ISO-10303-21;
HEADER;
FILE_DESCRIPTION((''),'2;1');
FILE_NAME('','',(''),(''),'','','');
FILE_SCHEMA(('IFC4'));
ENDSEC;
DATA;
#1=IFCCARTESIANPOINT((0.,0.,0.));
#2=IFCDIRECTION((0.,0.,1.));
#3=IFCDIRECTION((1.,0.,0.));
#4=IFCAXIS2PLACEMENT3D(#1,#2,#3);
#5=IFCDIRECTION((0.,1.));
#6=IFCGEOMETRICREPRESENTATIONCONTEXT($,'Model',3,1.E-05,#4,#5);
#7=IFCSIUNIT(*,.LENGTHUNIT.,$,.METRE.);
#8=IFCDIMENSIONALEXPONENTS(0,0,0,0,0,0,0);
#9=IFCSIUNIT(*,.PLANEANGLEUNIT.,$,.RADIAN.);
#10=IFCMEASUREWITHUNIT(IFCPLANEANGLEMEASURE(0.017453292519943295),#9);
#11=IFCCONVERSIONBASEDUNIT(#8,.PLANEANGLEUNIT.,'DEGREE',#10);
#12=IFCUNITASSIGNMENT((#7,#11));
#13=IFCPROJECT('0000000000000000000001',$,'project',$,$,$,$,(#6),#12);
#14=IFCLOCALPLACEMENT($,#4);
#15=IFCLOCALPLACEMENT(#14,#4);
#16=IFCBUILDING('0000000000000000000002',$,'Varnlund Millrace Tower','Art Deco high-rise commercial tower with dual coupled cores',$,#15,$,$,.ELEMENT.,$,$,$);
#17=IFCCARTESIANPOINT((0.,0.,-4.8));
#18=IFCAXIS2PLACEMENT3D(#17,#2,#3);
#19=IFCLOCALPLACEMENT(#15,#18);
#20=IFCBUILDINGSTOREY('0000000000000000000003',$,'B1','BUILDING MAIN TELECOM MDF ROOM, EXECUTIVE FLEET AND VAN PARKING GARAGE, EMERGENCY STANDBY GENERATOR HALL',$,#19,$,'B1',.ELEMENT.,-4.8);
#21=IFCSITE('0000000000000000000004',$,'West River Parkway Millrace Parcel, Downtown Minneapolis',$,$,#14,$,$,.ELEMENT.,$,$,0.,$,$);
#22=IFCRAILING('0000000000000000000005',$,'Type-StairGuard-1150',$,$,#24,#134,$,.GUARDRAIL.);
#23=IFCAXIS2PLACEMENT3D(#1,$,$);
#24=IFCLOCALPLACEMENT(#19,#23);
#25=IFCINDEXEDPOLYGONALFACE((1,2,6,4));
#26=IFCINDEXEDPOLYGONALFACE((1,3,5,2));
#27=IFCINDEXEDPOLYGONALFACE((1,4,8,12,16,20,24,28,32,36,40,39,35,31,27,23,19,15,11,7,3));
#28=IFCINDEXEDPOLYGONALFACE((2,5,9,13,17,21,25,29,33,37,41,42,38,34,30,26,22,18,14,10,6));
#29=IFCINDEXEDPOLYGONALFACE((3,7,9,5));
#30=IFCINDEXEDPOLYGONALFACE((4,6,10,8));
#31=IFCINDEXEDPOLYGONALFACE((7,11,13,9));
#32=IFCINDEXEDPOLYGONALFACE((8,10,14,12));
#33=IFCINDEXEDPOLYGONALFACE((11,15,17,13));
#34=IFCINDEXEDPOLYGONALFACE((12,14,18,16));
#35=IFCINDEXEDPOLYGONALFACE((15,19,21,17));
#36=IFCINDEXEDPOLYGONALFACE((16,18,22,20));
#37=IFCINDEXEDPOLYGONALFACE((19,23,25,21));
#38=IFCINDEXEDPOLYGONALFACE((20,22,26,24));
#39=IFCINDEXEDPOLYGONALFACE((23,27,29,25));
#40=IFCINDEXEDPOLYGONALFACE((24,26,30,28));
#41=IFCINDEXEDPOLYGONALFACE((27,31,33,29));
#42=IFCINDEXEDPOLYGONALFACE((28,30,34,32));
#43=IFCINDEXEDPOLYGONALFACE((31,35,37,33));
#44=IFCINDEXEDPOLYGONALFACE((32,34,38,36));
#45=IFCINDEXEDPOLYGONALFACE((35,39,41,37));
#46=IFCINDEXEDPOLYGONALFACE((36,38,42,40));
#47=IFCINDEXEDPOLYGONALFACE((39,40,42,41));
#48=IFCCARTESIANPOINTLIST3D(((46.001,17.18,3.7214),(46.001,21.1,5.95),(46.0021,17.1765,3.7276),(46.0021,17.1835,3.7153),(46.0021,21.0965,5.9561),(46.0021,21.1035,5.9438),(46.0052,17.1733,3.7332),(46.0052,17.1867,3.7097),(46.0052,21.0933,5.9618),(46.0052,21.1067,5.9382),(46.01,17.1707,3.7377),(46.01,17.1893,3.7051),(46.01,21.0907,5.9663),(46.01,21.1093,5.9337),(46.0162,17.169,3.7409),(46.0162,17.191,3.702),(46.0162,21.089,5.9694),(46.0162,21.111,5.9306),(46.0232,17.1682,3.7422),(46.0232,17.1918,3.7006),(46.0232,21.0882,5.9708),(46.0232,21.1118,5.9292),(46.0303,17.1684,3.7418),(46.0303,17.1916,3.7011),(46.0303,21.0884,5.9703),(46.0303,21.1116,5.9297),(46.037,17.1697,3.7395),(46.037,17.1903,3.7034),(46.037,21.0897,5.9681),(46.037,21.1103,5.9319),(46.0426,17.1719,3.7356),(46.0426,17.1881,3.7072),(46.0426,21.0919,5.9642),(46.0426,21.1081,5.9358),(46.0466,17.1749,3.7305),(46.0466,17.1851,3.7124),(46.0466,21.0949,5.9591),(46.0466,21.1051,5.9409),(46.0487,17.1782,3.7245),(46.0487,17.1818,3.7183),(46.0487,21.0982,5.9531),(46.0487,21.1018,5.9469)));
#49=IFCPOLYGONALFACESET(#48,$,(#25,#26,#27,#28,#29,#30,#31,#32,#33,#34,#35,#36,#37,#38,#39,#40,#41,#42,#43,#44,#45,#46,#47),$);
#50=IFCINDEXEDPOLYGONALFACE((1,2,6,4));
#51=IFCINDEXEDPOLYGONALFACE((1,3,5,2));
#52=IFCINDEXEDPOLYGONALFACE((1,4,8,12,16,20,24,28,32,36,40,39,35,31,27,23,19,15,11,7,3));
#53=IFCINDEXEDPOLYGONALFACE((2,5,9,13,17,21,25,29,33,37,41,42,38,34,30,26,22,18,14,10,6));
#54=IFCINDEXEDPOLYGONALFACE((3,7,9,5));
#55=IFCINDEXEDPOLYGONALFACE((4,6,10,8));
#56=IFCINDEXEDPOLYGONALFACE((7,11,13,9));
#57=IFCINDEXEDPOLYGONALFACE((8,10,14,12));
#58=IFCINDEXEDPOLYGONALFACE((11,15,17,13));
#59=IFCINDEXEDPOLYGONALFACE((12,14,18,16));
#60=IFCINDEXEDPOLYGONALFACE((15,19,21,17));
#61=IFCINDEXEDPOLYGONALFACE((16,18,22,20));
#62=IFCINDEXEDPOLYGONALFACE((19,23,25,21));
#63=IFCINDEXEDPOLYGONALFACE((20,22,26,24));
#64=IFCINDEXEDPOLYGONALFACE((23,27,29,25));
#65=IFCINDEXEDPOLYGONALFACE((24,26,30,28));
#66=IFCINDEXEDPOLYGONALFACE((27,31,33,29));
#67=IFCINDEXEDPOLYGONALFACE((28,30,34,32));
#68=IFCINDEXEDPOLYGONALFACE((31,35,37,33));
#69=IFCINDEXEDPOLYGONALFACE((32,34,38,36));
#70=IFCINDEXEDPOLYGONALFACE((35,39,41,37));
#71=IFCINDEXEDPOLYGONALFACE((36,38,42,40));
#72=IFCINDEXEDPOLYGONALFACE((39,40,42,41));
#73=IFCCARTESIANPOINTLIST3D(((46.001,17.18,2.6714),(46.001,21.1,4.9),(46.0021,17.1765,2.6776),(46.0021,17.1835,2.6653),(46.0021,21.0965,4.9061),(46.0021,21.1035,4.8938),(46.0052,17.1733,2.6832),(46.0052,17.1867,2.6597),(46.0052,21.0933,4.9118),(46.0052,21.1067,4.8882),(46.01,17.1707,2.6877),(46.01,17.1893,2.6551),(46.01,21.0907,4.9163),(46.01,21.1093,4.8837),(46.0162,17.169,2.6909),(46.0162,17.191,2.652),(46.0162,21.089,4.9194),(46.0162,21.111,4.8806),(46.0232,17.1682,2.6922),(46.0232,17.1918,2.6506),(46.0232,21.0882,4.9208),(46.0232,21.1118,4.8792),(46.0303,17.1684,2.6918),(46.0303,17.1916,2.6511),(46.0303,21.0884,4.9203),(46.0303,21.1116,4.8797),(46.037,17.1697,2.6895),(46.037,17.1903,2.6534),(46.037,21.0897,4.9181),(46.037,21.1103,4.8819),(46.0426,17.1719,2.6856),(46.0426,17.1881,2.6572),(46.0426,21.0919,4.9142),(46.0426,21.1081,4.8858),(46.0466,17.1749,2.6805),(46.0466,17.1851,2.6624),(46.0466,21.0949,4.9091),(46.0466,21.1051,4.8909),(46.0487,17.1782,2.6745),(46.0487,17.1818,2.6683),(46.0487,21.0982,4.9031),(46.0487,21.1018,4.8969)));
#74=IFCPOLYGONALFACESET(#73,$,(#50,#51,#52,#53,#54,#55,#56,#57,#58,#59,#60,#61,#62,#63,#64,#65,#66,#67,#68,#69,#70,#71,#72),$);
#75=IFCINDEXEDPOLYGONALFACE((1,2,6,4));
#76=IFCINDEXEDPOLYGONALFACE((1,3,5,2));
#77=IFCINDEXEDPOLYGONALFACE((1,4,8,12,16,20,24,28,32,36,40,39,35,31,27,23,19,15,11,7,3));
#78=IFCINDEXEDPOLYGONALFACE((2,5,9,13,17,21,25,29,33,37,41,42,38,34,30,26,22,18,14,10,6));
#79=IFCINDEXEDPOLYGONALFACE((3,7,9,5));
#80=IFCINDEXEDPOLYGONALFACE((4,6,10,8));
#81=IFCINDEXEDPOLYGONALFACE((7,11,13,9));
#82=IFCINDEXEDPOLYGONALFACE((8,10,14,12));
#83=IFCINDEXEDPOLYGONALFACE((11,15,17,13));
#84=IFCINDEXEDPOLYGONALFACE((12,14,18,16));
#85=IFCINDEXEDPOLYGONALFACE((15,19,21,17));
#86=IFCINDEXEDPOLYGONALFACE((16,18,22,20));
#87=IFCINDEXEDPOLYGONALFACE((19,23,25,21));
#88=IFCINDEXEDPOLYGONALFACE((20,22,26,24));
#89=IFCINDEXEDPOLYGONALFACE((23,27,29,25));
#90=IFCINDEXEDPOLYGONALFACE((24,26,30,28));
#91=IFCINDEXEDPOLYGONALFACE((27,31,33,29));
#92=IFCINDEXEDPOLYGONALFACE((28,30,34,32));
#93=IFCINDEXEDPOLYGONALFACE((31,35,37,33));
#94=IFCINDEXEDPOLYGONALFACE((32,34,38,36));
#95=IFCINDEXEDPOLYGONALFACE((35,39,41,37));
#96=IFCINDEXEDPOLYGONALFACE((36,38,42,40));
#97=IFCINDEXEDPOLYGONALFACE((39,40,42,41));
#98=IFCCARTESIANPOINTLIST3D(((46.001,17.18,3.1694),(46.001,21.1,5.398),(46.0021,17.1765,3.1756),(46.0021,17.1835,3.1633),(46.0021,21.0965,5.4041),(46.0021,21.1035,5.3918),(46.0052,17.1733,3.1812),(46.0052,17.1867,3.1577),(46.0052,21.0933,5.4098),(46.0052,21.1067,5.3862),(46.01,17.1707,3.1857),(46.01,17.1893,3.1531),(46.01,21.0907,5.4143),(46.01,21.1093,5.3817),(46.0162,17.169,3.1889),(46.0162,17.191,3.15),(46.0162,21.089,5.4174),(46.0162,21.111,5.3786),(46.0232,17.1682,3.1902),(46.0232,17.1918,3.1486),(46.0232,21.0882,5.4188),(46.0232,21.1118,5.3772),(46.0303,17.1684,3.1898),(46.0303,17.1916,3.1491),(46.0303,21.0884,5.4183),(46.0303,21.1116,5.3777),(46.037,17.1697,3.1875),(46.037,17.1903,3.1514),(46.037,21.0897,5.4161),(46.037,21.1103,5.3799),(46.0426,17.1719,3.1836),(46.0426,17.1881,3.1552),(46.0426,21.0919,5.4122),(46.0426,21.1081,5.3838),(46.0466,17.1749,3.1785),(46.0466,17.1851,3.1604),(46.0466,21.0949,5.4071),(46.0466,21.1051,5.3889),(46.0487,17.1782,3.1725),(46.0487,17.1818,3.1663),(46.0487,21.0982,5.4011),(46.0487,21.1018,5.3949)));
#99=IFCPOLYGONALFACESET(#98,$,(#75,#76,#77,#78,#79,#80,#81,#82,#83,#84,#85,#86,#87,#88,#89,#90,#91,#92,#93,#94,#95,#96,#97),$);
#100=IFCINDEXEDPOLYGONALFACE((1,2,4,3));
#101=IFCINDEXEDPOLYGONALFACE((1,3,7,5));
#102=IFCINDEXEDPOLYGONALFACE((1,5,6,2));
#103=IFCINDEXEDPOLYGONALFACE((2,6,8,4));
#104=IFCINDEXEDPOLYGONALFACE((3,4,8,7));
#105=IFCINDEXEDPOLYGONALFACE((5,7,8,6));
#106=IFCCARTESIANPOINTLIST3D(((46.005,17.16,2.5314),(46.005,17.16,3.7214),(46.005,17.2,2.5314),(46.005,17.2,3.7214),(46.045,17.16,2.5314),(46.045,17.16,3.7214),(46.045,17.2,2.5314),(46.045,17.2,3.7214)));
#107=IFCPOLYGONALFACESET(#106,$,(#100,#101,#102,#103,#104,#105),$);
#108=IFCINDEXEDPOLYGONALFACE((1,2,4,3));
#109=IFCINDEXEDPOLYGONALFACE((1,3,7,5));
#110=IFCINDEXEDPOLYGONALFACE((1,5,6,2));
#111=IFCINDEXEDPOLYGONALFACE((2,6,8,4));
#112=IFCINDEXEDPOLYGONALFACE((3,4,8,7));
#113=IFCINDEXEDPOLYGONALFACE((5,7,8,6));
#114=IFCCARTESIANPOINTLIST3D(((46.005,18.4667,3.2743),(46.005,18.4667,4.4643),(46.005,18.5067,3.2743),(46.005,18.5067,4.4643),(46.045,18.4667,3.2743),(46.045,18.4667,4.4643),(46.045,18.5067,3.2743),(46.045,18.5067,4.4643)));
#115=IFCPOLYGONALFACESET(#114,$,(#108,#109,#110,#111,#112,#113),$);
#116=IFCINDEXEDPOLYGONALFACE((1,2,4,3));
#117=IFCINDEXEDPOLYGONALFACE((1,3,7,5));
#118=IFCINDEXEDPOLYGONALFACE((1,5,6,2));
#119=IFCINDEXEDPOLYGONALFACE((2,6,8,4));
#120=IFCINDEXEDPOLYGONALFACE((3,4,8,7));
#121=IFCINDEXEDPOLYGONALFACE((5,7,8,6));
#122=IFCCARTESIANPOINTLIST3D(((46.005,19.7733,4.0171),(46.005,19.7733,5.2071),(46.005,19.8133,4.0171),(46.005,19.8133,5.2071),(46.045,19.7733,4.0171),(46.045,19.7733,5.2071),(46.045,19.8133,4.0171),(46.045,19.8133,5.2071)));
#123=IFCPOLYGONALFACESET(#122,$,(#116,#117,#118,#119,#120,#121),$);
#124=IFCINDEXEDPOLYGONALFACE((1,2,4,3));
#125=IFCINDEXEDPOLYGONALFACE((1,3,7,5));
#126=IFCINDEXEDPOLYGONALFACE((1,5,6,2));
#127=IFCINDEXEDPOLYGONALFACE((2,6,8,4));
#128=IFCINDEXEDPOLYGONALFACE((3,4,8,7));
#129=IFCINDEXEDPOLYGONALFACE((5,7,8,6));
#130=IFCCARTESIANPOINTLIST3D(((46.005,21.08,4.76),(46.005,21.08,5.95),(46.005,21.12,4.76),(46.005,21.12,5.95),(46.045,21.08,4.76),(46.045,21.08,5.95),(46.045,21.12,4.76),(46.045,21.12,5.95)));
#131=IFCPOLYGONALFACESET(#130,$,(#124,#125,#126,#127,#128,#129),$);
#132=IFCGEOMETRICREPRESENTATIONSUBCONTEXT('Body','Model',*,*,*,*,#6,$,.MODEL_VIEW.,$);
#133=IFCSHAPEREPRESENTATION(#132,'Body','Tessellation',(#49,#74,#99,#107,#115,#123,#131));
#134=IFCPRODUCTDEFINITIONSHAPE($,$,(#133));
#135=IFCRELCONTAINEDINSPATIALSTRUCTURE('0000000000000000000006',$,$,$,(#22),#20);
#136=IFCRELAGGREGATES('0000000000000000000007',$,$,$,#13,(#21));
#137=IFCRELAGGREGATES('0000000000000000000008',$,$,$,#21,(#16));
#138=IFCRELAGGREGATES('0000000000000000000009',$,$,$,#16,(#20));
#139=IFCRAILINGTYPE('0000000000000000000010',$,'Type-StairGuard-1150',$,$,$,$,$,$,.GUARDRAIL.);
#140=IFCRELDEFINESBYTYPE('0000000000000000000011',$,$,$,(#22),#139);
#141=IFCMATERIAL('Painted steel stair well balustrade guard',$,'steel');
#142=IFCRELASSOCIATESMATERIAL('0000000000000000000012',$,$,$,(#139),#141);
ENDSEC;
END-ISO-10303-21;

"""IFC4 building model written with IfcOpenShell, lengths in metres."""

from ifc_helpers import new_model, entity, si_unit, converted_unit, direction, frame, origin_with_axes, origin_2d_with_axis, place, context, subcontext, project, spatial, rectangle, circle, extrude, material, type_object, element, save


model = new_model("IFC4")

# Units and contexts
model_context = context("Model", 3, precision=1e-05, world=origin_with_axes(), true_north=direction((0.0, 1.0)))
body_context = subcontext(model_context, "Body", "Model", "MODEL_VIEW")
ifc_project = project(units=[si_unit("LENGTHUNIT", "METRE"), converted_unit("PLANEANGLEUNIT", "DEGREE", entity("IfcPlaneAngleMeasure", 0.017453292519943295), si_unit("PLANEANGLEUNIT", "RADIAN"), dimensions=[0, 0, 0, 0, 0, 0, 0])], contexts=[model_context])

# Site, building, storey
site_placement = place(None, origin_with_axes())
site = spatial("IfcSite", under=ifc_project, at=site_placement, Name="West River Parkway Millrace Parcel, Downtown Minneapolis", CompositionType="ELEMENT", RefElevation=0.0)
building_placement = place(site_placement, origin_with_axes())
building = spatial("IfcBuilding", under=site, at=building_placement, Name="Varnlund Millrace Tower", Description="Art Deco high-rise commercial tower with dual coupled cores", CompositionType="ELEMENT")
storey_placement = place(building_placement, frame((0.0, 0.0, -4.8), z_axis=(0.0, 0.0, 1.0), x_axis=(1.0, 0.0, 0.0)))
storey = spatial("IfcBuildingStorey", under=building, at=storey_placement, Name="B1", Description="BUILDING MAIN TELECOM MDF ROOM, EXECUTIVE FLEET AND VAN PARKING GARAGE, EMERGENCY STANDBY GENERATOR HALL", LongName="B1", CompositionType="ELEMENT", Elevation=-4.8)

# Railing
ifc_material_1 = material(Name="Painted steel stair well balustrade guard", Category="steel")
railing_type_1 = type_object("IfcRailingType", Name="Type-StairGuard-1150", PredefinedType="GUARDRAIL", material=ifc_material_1)
railing_1_placement = place(storey_placement, frame((0.0, 0.0, 4.8), z_axis=(0.0, 0.0, 1.0), x_axis=(1.0, 0.0, 0.0)))
element("IfcRailing", 1, at=railing_1_placement, inside=storey, type_object=railing_type_1, Name="Type-StairGuard-1150", PredefinedType="GUARDRAIL", context=body_context, shape_type="SweptSolid", body=[
    extrude(circle(Radius=0.024, at=origin_2d_with_axis()), frame((46.025, 17.18, -1.0786), z_axis=(0.0, 0.869333, 0.494227), x_axis=(-1.0, 0.0, 0.0)), (0.0, 0.0, 1.0), 4.5092),
    extrude(circle(Radius=0.024, at=origin_2d_with_axis()), frame((46.025, 17.18, -2.1286), z_axis=(0.0, 0.869333, 0.494227), x_axis=(-1.0, 0.0, 0.0)), (0.0, 0.0, 1.0), 4.5092),
    extrude(circle(Radius=0.024, at=origin_2d_with_axis()), frame((46.025, 17.18, -1.6306), z_axis=(0.0, 0.869333, 0.494227), x_axis=(-1.0, 0.0, 0.0)), (0.0, 0.0, 1.0), 4.5092),
    extrude(rectangle(XDim=0.04, YDim=0.04, at=origin_2d_with_axis()), frame((46.025, 17.18, -2.2686), z_axis=(0.0, 0.0, 1.0), x_axis=(1.0, 0.0, 0.0)), (0.0, 0.0, 1.0), 1.19),
    extrude(rectangle(XDim=0.04, YDim=0.04, at=origin_2d_with_axis()), frame((46.025, 18.4867, -1.5257), z_axis=(0.0, 0.0, 1.0), x_axis=(1.0, 0.0, 0.0)), (0.0, 0.0, 1.0), 1.19),
    extrude(rectangle(XDim=0.04, YDim=0.04, at=origin_2d_with_axis()), frame((46.025, 19.7933, -0.7829), z_axis=(0.0, 0.0, 1.0), x_axis=(1.0, 0.0, 0.0)), (0.0, 0.0, 1.0), 1.19),
    extrude(rectangle(XDim=0.04, YDim=0.04, at=origin_2d_with_axis()), frame((46.025, 21.1, -0.04), z_axis=(0.0, 0.0, 1.0), x_axis=(1.0, 0.0, 0.0)), (0.0, 0.0, 1.0), 1.19),
])

save(model, "model.ifc")
